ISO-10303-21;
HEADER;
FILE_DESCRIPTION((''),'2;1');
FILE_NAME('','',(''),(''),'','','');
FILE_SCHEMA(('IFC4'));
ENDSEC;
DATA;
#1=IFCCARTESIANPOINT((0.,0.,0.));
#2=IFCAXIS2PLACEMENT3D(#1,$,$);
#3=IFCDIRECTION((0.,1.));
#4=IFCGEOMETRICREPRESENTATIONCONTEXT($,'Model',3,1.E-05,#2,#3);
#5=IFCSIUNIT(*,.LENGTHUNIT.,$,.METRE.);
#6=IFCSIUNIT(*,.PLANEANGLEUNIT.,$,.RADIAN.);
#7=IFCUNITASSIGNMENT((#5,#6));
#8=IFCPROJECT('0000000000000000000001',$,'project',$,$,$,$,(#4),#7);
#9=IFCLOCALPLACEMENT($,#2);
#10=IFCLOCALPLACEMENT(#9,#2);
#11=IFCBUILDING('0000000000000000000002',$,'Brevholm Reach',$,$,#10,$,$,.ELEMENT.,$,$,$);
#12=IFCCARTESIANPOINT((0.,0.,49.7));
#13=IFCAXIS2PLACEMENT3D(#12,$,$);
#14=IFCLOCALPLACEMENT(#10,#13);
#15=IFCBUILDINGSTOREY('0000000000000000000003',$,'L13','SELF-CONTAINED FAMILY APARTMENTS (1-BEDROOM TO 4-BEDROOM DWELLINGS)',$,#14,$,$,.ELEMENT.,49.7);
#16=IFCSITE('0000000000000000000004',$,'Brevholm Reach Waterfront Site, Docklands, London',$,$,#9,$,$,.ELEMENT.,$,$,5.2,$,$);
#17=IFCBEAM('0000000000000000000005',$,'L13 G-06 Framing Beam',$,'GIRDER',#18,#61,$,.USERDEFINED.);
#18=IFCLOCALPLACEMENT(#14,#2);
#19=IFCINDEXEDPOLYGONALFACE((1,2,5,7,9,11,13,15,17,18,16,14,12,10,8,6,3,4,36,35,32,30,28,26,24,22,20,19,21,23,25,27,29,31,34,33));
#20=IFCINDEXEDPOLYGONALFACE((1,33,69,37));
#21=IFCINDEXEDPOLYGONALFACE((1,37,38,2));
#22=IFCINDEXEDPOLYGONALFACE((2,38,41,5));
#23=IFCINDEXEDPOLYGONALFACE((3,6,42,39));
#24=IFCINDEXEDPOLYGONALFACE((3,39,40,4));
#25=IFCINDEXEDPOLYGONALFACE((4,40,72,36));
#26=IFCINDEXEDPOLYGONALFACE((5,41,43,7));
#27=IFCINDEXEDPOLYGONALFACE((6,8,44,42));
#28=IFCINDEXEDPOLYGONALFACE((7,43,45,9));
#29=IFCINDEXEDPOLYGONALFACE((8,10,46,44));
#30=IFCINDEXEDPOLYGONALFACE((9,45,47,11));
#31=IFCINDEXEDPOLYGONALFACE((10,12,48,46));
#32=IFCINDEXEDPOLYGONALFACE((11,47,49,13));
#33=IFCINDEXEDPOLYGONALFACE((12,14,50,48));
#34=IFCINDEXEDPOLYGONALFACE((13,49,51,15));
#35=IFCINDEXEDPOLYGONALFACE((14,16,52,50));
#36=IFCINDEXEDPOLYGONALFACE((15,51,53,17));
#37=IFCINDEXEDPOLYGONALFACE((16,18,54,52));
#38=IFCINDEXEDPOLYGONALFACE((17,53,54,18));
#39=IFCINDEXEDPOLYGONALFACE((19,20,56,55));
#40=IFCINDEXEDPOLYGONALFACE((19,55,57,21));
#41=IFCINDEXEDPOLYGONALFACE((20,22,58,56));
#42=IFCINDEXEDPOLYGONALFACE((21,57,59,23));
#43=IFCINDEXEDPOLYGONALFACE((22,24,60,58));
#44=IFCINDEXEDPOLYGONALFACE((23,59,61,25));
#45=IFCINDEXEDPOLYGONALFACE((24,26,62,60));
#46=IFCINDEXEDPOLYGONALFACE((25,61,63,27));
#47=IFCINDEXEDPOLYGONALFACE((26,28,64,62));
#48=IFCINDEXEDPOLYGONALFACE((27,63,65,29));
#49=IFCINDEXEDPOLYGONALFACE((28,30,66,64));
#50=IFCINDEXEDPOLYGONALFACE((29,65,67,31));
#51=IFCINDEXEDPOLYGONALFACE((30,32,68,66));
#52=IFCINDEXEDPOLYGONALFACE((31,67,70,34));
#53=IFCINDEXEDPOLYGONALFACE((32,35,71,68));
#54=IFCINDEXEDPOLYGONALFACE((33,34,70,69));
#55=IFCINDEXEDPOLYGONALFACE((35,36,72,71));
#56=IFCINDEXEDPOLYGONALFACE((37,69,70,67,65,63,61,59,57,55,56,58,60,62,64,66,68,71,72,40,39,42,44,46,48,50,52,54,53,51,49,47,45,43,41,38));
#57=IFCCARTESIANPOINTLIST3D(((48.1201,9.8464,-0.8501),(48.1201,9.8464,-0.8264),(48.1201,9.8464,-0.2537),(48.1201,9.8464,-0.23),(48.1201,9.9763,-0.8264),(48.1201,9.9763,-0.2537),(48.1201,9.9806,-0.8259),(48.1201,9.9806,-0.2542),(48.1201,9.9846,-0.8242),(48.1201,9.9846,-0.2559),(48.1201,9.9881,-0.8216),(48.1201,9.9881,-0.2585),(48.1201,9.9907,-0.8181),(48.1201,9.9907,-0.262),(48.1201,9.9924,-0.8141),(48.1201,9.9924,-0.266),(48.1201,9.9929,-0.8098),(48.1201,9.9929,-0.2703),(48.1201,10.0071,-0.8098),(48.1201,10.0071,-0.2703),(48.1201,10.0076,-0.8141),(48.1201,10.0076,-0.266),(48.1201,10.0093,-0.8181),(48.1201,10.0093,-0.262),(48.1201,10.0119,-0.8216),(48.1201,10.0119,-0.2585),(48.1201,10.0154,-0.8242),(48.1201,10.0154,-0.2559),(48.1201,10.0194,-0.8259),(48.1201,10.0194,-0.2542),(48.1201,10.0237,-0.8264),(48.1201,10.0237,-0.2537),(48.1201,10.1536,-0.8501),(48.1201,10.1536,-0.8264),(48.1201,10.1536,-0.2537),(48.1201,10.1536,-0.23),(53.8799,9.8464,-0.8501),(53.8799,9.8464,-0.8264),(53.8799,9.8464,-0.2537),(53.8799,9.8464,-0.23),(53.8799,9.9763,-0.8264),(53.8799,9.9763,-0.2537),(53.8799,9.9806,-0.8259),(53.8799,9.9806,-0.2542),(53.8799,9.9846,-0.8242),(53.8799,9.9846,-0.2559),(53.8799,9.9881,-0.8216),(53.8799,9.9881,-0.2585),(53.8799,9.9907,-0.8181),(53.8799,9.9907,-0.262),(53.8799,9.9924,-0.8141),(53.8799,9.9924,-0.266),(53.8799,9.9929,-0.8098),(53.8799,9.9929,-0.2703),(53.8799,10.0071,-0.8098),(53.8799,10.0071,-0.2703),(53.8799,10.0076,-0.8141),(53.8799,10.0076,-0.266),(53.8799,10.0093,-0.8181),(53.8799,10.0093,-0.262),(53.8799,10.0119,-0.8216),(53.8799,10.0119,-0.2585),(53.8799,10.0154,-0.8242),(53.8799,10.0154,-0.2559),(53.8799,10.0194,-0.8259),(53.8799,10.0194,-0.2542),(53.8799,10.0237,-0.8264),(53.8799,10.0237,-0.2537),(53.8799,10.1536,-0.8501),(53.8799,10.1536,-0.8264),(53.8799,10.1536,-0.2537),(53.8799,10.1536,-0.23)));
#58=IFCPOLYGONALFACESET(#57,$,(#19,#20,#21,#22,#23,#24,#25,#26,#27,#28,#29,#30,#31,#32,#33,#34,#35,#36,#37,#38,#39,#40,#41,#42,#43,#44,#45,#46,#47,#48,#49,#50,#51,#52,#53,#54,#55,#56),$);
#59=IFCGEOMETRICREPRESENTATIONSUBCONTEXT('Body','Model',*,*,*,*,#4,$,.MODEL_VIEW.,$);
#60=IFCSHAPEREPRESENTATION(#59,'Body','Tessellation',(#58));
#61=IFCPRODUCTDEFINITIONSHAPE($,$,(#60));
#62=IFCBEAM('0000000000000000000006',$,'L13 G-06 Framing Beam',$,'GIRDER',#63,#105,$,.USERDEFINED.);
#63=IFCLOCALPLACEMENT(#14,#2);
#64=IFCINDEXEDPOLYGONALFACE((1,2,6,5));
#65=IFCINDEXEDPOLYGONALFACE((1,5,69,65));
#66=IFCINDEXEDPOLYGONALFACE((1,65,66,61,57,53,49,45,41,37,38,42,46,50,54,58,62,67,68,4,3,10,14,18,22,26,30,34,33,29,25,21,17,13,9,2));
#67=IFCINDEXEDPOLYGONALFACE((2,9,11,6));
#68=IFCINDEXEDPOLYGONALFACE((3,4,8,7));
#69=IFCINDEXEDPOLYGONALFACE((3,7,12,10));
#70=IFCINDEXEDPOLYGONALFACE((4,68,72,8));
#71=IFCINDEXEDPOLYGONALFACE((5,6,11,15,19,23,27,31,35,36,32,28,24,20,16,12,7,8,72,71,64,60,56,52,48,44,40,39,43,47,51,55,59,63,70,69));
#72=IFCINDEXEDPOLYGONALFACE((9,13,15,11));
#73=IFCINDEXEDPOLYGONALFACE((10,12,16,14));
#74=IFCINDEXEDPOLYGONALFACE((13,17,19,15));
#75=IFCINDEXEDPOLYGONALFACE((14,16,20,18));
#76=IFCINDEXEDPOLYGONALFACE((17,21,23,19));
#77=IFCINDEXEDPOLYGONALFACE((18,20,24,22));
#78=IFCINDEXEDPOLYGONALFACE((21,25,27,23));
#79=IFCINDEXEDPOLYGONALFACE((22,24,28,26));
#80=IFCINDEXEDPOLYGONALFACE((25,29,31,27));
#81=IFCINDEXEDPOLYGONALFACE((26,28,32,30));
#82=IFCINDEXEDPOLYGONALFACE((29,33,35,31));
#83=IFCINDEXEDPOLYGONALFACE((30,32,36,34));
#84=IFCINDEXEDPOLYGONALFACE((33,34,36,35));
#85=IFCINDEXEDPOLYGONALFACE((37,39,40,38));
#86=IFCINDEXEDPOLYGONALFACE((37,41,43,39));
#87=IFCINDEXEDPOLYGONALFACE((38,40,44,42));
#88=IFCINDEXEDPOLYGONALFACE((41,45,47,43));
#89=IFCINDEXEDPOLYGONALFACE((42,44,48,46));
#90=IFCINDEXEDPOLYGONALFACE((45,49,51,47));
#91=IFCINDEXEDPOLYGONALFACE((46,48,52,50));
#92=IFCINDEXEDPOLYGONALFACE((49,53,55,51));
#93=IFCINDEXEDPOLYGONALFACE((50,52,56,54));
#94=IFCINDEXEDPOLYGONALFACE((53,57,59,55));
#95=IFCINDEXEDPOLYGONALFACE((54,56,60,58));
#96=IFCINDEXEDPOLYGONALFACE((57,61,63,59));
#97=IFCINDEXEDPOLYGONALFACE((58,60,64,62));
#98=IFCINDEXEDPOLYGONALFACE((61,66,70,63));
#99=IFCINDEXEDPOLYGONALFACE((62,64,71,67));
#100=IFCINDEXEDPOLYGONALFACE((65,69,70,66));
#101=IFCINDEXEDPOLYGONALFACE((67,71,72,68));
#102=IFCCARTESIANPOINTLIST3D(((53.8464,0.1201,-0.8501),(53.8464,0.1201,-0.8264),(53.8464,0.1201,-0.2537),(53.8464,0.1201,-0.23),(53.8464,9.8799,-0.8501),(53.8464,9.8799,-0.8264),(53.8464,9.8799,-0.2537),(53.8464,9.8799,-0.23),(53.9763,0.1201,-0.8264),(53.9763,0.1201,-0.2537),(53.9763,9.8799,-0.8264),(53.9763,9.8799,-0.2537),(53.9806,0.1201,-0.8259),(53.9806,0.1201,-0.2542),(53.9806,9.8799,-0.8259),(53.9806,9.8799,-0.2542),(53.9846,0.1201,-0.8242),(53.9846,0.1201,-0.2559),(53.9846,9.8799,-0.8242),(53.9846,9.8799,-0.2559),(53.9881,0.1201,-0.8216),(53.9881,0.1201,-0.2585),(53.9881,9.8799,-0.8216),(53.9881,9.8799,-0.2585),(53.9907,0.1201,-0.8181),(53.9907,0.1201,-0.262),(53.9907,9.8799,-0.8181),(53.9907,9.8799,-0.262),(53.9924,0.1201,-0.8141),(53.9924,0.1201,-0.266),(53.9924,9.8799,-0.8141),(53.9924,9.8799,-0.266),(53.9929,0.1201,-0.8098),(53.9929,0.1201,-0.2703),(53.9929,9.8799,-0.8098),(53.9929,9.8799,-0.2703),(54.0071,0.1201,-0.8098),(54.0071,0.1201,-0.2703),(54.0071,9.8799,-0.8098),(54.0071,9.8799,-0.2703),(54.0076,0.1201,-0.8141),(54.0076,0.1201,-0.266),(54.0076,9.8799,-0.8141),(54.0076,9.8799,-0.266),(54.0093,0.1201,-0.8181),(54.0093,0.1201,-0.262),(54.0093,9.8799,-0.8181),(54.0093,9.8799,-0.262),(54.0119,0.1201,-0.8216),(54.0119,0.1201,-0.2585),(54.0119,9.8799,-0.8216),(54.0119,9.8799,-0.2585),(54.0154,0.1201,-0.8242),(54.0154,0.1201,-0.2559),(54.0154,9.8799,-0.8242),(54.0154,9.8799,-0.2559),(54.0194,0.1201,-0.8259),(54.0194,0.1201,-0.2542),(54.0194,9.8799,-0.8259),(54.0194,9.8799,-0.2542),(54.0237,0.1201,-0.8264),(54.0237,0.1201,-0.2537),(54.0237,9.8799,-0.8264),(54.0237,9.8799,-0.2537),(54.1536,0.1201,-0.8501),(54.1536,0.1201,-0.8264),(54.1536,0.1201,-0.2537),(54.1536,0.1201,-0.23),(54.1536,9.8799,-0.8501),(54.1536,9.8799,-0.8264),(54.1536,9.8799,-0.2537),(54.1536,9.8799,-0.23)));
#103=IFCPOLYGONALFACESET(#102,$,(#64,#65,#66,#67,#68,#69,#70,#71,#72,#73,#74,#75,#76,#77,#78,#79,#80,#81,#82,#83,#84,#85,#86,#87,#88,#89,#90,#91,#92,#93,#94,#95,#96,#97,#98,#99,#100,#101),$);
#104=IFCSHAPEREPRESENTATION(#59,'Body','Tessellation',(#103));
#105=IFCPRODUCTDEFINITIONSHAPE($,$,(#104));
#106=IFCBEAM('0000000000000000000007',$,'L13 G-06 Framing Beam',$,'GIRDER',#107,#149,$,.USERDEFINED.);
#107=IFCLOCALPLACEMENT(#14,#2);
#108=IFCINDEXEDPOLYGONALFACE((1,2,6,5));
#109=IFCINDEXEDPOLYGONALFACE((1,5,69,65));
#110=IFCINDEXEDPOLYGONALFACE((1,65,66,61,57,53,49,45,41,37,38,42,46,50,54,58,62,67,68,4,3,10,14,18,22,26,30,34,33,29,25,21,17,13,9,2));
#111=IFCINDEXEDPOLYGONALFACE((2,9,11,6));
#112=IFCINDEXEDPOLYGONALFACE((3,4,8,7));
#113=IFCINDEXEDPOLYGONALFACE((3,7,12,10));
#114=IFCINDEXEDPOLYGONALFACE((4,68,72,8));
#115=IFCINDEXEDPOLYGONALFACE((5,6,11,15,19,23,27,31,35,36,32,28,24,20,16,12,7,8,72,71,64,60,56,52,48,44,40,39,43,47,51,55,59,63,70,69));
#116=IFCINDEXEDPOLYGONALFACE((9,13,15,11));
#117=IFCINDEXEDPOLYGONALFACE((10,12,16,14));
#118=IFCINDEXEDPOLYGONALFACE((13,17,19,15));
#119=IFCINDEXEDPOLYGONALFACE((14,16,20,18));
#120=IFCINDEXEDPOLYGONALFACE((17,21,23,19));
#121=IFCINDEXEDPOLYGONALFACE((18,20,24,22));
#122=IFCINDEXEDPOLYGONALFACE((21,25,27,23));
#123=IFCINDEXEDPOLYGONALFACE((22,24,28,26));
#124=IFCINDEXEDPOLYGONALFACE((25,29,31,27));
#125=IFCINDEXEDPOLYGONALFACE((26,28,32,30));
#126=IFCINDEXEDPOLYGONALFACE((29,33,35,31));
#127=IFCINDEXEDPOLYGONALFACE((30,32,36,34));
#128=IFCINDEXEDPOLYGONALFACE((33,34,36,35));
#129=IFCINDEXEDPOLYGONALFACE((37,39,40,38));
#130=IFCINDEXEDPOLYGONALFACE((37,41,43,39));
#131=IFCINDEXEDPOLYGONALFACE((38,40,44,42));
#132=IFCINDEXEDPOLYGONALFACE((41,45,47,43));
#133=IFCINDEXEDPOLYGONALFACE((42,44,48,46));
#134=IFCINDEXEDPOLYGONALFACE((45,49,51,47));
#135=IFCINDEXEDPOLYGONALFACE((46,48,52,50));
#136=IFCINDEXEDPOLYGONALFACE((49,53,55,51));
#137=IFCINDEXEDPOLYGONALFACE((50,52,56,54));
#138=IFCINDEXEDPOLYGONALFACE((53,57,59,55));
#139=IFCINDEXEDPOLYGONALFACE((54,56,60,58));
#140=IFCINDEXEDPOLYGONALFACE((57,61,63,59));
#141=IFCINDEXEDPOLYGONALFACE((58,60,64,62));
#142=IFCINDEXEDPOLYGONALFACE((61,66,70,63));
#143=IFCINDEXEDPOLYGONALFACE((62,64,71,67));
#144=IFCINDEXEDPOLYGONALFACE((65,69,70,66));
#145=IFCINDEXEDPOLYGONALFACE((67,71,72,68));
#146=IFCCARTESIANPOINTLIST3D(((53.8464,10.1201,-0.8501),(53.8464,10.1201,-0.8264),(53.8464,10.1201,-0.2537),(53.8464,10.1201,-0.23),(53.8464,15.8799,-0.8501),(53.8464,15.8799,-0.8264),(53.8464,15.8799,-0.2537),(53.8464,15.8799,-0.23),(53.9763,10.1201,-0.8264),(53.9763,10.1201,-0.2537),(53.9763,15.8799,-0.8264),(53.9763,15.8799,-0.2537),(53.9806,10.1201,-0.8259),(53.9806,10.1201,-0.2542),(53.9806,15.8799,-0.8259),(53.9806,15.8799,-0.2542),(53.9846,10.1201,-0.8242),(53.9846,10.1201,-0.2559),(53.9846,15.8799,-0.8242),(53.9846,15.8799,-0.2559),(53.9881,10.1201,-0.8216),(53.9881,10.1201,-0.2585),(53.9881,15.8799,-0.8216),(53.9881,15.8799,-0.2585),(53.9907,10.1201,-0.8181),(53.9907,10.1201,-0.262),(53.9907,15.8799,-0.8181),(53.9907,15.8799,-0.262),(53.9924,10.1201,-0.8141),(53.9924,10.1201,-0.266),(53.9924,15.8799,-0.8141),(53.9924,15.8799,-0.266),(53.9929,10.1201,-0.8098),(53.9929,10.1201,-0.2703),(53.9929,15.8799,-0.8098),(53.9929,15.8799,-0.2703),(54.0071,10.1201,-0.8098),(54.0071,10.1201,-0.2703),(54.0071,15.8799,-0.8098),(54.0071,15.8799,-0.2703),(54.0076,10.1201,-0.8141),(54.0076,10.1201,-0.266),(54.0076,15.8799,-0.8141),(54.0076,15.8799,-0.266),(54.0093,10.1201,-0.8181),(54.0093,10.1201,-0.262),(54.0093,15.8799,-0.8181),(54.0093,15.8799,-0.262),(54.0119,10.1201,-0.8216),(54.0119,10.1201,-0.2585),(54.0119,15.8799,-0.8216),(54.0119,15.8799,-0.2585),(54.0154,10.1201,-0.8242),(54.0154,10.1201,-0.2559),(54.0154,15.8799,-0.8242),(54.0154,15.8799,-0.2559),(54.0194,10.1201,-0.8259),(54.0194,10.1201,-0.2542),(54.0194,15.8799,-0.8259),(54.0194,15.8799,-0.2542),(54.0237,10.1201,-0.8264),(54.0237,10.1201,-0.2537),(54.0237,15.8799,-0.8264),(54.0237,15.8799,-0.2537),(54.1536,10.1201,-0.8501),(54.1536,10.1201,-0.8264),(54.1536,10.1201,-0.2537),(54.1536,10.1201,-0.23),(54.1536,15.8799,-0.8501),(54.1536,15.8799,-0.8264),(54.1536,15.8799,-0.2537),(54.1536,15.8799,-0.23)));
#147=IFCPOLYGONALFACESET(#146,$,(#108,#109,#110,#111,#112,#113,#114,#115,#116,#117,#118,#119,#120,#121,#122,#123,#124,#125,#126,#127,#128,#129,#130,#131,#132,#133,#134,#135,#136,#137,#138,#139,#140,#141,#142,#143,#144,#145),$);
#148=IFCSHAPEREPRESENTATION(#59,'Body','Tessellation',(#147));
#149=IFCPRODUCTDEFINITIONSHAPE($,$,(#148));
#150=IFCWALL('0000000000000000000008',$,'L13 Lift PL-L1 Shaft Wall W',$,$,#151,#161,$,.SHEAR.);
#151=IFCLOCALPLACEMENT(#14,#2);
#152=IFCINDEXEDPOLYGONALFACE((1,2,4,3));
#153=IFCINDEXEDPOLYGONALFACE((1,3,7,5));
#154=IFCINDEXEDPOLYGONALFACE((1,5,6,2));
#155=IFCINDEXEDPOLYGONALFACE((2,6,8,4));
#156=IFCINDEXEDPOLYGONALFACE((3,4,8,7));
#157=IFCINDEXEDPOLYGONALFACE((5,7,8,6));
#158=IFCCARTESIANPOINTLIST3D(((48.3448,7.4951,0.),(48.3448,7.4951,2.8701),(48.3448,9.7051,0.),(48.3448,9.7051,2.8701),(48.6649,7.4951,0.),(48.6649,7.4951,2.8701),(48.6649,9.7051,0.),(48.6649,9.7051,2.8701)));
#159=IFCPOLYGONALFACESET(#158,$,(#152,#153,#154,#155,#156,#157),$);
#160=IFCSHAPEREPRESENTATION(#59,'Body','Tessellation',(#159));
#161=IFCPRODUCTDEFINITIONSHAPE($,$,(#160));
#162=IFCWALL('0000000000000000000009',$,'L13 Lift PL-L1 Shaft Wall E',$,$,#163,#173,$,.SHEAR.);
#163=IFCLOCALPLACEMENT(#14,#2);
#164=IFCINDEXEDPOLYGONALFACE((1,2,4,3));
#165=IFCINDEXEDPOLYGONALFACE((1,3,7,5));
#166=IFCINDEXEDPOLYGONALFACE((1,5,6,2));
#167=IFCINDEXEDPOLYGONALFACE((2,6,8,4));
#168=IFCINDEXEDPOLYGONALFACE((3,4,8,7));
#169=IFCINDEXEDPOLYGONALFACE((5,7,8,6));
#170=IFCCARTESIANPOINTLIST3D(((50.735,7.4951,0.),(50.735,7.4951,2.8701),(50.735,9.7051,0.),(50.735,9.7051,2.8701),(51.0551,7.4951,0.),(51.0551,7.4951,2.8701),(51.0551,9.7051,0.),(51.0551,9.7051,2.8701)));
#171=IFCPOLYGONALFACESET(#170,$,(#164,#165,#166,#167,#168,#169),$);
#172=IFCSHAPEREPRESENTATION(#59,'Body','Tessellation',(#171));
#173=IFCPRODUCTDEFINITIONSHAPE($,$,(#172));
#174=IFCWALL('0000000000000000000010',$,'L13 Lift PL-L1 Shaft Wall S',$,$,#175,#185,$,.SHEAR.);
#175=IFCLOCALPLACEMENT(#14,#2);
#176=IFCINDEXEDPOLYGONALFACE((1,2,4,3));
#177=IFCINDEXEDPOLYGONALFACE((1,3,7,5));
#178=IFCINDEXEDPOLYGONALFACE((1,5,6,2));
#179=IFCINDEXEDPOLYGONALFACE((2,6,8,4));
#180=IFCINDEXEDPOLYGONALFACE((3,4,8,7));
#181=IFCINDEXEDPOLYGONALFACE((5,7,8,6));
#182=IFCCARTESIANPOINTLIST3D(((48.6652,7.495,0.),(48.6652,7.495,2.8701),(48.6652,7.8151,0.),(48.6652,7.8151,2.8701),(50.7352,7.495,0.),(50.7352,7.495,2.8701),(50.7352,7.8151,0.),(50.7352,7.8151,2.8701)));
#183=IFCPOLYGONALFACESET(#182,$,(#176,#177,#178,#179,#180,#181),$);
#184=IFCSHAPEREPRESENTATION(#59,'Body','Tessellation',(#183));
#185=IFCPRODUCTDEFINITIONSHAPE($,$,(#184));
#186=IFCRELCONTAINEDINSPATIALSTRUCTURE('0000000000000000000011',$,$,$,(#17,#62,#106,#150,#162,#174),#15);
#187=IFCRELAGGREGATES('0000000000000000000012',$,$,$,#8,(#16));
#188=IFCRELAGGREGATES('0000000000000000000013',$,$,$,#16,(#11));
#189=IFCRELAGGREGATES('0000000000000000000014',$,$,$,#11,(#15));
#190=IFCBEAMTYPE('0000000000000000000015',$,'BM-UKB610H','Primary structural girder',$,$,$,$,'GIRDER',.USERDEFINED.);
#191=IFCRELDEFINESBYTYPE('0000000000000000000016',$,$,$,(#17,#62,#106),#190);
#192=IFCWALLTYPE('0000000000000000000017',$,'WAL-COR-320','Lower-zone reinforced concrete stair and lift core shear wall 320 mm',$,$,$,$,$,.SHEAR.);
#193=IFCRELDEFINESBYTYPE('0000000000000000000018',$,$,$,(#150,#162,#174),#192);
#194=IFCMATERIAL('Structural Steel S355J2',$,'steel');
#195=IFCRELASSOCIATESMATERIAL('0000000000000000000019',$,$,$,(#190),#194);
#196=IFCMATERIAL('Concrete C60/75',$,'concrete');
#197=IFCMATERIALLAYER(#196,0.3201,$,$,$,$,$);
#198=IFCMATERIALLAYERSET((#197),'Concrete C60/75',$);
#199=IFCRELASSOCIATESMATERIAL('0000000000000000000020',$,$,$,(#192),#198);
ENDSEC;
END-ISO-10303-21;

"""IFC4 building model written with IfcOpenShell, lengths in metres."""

from ifc_helpers import new_model, si_unit, direction, frame, frame_2d, origin, origin_2d, place, context, subcontext, project, spatial, rectangle, i_section, extrude, material, layer, layer_set, material_profile, profile_set, type_object, element, save


model = new_model("IFC4")

# Units and contexts
model_context = context("Model", 3, precision=1e-05, world=origin(), true_north=direction((0.0, 1.0)))
body_context = subcontext(model_context, "Body", "Model", "MODEL_VIEW")
ifc_project = project(units=[si_unit("LENGTHUNIT", "METRE"), si_unit("PLANEANGLEUNIT", "RADIAN")], contexts=[model_context])

# Site, building, storey
site_placement = place(None, origin())
site = spatial("IfcSite", under=ifc_project, at=site_placement, Name="Brevholm Reach Waterfront Site, Docklands, London", CompositionType="ELEMENT", RefElevation=5.2)
building_placement = place(site_placement, origin())
building = spatial("IfcBuilding", under=site, at=building_placement, Name="Brevholm Reach", CompositionType="ELEMENT")
storey_placement = place(building_placement, frame((0.0, 0.0, 49.7)))
storey = spatial("IfcBuildingStorey", under=building, at=storey_placement, Name="L13", Description="SELF-CONTAINED FAMILY APARTMENTS (1-BEDROOM TO 4-BEDROOM DWELLINGS)", CompositionType="ELEMENT", Elevation=49.7)

# Beams
ifc_material_1 = material(Name="Structural Steel S355J2", Category="steel")
ifc_material_profile_1 = material_profile(ifc_material_1, i_section(OverallWidth=0.3071, OverallDepth=0.6201, WebThickness=0.0142, FlangeThickness=0.0237, FilletRadius=0.0166, at=origin_2d()), Name="UKB 610x305x179")
ifc_profile_set_1 = profile_set([ifc_material_profile_1], Name="Structural Steel S355J2")
beam_type_1 = type_object("IfcBeamType", Name="BM-UKB610H", Description="Primary structural girder", ElementType="GIRDER", PredefinedType="USERDEFINED", material=ifc_profile_set_1)
beam_1_placement = place(storey_placement, frame((48.1201, 10.0, -0.54), z_axis=(1.0, 0.0, 0.0), x_axis=(0.0, 1.0, 0.0)))
element("IfcBeam", 1, at=beam_1_placement, inside=storey, type_object=beam_type_1, Name="L13 G-06 Framing Beam", ObjectType="GIRDER", PredefinedType="USERDEFINED", context=body_context, shape_type="SweptSolid", body=[
    extrude(i_section(OverallWidth=0.3071, OverallDepth=0.6201, WebThickness=0.0142, FlangeThickness=0.0237, FilletRadius=0.0166, at=origin_2d()), origin(), (0.0, 0.0, 1.0), 5.7598),
])
beam_2_placement = place(storey_placement, frame((54.0, 0.1201, -0.54), z_axis=(0.0, 1.0, 0.0), x_axis=(-1.0, 0.0, 0.0)))
element("IfcBeam", 2, at=beam_2_placement, inside=storey, type_object=beam_type_1, Name="L13 G-06 Framing Beam", ObjectType="GIRDER", PredefinedType="USERDEFINED", context=body_context, shape_type="SweptSolid", body=[
    extrude(i_section(OverallWidth=0.3071, OverallDepth=0.6201, WebThickness=0.0142, FlangeThickness=0.0237, FilletRadius=0.0166, at=origin_2d()), origin(), (0.0, 0.0, 1.0), 9.7598),
])
beam_3_placement = place(storey_placement, frame((54.0, 10.1201, -0.54), z_axis=(0.0, 1.0, 0.0), x_axis=(-1.0, 0.0, 0.0)))
element("IfcBeam", 3, at=beam_3_placement, inside=storey, type_object=beam_type_1, Name="L13 G-06 Framing Beam", ObjectType="GIRDER", PredefinedType="USERDEFINED", context=body_context, shape_type="SweptSolid", body=[
    extrude(i_section(OverallWidth=0.3071, OverallDepth=0.6201, WebThickness=0.0142, FlangeThickness=0.0237, FilletRadius=0.0166, at=origin_2d()), origin(), (0.0, 0.0, 1.0), 5.7598),
])

# Walls
ifc_material_2 = material(Name="Concrete C60/75", Category="concrete")
ifc_layer_1 = layer(ifc_material_2, 0.3201)
ifc_layer_set_1 = layer_set([ifc_layer_1], Name="Concrete C60/75")
wall_type_1 = type_object("IfcWallType", Name="WAL-COR-320", Description="Lower-zone reinforced concrete stair and lift core shear wall 320 mm", PredefinedType="SHEAR", material=ifc_layer_set_1)
for number, where, z_axis, x_axis, name in (
    (4, (48.5049, 7.4951, 0.0), (0.0, 0.0, 1.0), (0.0, 1.0, 0.0), "L13 Lift PL-L1 Shaft Wall W"),
    (5, (50.895, 7.4951, 0.0), (0.0, 0.0, 1.0), (0.0, 1.0, 0.0), "L13 Lift PL-L1 Shaft Wall E"),
):
    element("IfcWall", number, at=place(storey_placement, frame(where, z_axis=z_axis, x_axis=x_axis)), inside=storey, type_object=wall_type_1, Name=name, PredefinedType="SHEAR", context=body_context, shape_type="SweptSolid", body=[
        extrude(rectangle(XDim=2.21, YDim=0.3201, at=frame_2d((1.105, 0.0))), origin(), (0.0, 0.0, 1.0), 2.8701),
    ])
wall_1_placement = place(storey_placement, frame((48.665, 7.655, 0.0), z_axis=(0.0, 0.0, 1.0), x_axis=(1.0, 0.0, 0.0)))
element("IfcWall", 6, at=wall_1_placement, inside=storey, type_object=wall_type_1, Name="L13 Lift PL-L1 Shaft Wall S", PredefinedType="SHEAR", context=body_context, shape_type="SweptSolid", body=[
    extrude(rectangle(XDim=2.0701, YDim=0.3201, at=frame_2d((1.0352, 0.0))), origin(), (0.0, 0.0, 1.0), 2.8701),
])

save(model, "model.ifc")
